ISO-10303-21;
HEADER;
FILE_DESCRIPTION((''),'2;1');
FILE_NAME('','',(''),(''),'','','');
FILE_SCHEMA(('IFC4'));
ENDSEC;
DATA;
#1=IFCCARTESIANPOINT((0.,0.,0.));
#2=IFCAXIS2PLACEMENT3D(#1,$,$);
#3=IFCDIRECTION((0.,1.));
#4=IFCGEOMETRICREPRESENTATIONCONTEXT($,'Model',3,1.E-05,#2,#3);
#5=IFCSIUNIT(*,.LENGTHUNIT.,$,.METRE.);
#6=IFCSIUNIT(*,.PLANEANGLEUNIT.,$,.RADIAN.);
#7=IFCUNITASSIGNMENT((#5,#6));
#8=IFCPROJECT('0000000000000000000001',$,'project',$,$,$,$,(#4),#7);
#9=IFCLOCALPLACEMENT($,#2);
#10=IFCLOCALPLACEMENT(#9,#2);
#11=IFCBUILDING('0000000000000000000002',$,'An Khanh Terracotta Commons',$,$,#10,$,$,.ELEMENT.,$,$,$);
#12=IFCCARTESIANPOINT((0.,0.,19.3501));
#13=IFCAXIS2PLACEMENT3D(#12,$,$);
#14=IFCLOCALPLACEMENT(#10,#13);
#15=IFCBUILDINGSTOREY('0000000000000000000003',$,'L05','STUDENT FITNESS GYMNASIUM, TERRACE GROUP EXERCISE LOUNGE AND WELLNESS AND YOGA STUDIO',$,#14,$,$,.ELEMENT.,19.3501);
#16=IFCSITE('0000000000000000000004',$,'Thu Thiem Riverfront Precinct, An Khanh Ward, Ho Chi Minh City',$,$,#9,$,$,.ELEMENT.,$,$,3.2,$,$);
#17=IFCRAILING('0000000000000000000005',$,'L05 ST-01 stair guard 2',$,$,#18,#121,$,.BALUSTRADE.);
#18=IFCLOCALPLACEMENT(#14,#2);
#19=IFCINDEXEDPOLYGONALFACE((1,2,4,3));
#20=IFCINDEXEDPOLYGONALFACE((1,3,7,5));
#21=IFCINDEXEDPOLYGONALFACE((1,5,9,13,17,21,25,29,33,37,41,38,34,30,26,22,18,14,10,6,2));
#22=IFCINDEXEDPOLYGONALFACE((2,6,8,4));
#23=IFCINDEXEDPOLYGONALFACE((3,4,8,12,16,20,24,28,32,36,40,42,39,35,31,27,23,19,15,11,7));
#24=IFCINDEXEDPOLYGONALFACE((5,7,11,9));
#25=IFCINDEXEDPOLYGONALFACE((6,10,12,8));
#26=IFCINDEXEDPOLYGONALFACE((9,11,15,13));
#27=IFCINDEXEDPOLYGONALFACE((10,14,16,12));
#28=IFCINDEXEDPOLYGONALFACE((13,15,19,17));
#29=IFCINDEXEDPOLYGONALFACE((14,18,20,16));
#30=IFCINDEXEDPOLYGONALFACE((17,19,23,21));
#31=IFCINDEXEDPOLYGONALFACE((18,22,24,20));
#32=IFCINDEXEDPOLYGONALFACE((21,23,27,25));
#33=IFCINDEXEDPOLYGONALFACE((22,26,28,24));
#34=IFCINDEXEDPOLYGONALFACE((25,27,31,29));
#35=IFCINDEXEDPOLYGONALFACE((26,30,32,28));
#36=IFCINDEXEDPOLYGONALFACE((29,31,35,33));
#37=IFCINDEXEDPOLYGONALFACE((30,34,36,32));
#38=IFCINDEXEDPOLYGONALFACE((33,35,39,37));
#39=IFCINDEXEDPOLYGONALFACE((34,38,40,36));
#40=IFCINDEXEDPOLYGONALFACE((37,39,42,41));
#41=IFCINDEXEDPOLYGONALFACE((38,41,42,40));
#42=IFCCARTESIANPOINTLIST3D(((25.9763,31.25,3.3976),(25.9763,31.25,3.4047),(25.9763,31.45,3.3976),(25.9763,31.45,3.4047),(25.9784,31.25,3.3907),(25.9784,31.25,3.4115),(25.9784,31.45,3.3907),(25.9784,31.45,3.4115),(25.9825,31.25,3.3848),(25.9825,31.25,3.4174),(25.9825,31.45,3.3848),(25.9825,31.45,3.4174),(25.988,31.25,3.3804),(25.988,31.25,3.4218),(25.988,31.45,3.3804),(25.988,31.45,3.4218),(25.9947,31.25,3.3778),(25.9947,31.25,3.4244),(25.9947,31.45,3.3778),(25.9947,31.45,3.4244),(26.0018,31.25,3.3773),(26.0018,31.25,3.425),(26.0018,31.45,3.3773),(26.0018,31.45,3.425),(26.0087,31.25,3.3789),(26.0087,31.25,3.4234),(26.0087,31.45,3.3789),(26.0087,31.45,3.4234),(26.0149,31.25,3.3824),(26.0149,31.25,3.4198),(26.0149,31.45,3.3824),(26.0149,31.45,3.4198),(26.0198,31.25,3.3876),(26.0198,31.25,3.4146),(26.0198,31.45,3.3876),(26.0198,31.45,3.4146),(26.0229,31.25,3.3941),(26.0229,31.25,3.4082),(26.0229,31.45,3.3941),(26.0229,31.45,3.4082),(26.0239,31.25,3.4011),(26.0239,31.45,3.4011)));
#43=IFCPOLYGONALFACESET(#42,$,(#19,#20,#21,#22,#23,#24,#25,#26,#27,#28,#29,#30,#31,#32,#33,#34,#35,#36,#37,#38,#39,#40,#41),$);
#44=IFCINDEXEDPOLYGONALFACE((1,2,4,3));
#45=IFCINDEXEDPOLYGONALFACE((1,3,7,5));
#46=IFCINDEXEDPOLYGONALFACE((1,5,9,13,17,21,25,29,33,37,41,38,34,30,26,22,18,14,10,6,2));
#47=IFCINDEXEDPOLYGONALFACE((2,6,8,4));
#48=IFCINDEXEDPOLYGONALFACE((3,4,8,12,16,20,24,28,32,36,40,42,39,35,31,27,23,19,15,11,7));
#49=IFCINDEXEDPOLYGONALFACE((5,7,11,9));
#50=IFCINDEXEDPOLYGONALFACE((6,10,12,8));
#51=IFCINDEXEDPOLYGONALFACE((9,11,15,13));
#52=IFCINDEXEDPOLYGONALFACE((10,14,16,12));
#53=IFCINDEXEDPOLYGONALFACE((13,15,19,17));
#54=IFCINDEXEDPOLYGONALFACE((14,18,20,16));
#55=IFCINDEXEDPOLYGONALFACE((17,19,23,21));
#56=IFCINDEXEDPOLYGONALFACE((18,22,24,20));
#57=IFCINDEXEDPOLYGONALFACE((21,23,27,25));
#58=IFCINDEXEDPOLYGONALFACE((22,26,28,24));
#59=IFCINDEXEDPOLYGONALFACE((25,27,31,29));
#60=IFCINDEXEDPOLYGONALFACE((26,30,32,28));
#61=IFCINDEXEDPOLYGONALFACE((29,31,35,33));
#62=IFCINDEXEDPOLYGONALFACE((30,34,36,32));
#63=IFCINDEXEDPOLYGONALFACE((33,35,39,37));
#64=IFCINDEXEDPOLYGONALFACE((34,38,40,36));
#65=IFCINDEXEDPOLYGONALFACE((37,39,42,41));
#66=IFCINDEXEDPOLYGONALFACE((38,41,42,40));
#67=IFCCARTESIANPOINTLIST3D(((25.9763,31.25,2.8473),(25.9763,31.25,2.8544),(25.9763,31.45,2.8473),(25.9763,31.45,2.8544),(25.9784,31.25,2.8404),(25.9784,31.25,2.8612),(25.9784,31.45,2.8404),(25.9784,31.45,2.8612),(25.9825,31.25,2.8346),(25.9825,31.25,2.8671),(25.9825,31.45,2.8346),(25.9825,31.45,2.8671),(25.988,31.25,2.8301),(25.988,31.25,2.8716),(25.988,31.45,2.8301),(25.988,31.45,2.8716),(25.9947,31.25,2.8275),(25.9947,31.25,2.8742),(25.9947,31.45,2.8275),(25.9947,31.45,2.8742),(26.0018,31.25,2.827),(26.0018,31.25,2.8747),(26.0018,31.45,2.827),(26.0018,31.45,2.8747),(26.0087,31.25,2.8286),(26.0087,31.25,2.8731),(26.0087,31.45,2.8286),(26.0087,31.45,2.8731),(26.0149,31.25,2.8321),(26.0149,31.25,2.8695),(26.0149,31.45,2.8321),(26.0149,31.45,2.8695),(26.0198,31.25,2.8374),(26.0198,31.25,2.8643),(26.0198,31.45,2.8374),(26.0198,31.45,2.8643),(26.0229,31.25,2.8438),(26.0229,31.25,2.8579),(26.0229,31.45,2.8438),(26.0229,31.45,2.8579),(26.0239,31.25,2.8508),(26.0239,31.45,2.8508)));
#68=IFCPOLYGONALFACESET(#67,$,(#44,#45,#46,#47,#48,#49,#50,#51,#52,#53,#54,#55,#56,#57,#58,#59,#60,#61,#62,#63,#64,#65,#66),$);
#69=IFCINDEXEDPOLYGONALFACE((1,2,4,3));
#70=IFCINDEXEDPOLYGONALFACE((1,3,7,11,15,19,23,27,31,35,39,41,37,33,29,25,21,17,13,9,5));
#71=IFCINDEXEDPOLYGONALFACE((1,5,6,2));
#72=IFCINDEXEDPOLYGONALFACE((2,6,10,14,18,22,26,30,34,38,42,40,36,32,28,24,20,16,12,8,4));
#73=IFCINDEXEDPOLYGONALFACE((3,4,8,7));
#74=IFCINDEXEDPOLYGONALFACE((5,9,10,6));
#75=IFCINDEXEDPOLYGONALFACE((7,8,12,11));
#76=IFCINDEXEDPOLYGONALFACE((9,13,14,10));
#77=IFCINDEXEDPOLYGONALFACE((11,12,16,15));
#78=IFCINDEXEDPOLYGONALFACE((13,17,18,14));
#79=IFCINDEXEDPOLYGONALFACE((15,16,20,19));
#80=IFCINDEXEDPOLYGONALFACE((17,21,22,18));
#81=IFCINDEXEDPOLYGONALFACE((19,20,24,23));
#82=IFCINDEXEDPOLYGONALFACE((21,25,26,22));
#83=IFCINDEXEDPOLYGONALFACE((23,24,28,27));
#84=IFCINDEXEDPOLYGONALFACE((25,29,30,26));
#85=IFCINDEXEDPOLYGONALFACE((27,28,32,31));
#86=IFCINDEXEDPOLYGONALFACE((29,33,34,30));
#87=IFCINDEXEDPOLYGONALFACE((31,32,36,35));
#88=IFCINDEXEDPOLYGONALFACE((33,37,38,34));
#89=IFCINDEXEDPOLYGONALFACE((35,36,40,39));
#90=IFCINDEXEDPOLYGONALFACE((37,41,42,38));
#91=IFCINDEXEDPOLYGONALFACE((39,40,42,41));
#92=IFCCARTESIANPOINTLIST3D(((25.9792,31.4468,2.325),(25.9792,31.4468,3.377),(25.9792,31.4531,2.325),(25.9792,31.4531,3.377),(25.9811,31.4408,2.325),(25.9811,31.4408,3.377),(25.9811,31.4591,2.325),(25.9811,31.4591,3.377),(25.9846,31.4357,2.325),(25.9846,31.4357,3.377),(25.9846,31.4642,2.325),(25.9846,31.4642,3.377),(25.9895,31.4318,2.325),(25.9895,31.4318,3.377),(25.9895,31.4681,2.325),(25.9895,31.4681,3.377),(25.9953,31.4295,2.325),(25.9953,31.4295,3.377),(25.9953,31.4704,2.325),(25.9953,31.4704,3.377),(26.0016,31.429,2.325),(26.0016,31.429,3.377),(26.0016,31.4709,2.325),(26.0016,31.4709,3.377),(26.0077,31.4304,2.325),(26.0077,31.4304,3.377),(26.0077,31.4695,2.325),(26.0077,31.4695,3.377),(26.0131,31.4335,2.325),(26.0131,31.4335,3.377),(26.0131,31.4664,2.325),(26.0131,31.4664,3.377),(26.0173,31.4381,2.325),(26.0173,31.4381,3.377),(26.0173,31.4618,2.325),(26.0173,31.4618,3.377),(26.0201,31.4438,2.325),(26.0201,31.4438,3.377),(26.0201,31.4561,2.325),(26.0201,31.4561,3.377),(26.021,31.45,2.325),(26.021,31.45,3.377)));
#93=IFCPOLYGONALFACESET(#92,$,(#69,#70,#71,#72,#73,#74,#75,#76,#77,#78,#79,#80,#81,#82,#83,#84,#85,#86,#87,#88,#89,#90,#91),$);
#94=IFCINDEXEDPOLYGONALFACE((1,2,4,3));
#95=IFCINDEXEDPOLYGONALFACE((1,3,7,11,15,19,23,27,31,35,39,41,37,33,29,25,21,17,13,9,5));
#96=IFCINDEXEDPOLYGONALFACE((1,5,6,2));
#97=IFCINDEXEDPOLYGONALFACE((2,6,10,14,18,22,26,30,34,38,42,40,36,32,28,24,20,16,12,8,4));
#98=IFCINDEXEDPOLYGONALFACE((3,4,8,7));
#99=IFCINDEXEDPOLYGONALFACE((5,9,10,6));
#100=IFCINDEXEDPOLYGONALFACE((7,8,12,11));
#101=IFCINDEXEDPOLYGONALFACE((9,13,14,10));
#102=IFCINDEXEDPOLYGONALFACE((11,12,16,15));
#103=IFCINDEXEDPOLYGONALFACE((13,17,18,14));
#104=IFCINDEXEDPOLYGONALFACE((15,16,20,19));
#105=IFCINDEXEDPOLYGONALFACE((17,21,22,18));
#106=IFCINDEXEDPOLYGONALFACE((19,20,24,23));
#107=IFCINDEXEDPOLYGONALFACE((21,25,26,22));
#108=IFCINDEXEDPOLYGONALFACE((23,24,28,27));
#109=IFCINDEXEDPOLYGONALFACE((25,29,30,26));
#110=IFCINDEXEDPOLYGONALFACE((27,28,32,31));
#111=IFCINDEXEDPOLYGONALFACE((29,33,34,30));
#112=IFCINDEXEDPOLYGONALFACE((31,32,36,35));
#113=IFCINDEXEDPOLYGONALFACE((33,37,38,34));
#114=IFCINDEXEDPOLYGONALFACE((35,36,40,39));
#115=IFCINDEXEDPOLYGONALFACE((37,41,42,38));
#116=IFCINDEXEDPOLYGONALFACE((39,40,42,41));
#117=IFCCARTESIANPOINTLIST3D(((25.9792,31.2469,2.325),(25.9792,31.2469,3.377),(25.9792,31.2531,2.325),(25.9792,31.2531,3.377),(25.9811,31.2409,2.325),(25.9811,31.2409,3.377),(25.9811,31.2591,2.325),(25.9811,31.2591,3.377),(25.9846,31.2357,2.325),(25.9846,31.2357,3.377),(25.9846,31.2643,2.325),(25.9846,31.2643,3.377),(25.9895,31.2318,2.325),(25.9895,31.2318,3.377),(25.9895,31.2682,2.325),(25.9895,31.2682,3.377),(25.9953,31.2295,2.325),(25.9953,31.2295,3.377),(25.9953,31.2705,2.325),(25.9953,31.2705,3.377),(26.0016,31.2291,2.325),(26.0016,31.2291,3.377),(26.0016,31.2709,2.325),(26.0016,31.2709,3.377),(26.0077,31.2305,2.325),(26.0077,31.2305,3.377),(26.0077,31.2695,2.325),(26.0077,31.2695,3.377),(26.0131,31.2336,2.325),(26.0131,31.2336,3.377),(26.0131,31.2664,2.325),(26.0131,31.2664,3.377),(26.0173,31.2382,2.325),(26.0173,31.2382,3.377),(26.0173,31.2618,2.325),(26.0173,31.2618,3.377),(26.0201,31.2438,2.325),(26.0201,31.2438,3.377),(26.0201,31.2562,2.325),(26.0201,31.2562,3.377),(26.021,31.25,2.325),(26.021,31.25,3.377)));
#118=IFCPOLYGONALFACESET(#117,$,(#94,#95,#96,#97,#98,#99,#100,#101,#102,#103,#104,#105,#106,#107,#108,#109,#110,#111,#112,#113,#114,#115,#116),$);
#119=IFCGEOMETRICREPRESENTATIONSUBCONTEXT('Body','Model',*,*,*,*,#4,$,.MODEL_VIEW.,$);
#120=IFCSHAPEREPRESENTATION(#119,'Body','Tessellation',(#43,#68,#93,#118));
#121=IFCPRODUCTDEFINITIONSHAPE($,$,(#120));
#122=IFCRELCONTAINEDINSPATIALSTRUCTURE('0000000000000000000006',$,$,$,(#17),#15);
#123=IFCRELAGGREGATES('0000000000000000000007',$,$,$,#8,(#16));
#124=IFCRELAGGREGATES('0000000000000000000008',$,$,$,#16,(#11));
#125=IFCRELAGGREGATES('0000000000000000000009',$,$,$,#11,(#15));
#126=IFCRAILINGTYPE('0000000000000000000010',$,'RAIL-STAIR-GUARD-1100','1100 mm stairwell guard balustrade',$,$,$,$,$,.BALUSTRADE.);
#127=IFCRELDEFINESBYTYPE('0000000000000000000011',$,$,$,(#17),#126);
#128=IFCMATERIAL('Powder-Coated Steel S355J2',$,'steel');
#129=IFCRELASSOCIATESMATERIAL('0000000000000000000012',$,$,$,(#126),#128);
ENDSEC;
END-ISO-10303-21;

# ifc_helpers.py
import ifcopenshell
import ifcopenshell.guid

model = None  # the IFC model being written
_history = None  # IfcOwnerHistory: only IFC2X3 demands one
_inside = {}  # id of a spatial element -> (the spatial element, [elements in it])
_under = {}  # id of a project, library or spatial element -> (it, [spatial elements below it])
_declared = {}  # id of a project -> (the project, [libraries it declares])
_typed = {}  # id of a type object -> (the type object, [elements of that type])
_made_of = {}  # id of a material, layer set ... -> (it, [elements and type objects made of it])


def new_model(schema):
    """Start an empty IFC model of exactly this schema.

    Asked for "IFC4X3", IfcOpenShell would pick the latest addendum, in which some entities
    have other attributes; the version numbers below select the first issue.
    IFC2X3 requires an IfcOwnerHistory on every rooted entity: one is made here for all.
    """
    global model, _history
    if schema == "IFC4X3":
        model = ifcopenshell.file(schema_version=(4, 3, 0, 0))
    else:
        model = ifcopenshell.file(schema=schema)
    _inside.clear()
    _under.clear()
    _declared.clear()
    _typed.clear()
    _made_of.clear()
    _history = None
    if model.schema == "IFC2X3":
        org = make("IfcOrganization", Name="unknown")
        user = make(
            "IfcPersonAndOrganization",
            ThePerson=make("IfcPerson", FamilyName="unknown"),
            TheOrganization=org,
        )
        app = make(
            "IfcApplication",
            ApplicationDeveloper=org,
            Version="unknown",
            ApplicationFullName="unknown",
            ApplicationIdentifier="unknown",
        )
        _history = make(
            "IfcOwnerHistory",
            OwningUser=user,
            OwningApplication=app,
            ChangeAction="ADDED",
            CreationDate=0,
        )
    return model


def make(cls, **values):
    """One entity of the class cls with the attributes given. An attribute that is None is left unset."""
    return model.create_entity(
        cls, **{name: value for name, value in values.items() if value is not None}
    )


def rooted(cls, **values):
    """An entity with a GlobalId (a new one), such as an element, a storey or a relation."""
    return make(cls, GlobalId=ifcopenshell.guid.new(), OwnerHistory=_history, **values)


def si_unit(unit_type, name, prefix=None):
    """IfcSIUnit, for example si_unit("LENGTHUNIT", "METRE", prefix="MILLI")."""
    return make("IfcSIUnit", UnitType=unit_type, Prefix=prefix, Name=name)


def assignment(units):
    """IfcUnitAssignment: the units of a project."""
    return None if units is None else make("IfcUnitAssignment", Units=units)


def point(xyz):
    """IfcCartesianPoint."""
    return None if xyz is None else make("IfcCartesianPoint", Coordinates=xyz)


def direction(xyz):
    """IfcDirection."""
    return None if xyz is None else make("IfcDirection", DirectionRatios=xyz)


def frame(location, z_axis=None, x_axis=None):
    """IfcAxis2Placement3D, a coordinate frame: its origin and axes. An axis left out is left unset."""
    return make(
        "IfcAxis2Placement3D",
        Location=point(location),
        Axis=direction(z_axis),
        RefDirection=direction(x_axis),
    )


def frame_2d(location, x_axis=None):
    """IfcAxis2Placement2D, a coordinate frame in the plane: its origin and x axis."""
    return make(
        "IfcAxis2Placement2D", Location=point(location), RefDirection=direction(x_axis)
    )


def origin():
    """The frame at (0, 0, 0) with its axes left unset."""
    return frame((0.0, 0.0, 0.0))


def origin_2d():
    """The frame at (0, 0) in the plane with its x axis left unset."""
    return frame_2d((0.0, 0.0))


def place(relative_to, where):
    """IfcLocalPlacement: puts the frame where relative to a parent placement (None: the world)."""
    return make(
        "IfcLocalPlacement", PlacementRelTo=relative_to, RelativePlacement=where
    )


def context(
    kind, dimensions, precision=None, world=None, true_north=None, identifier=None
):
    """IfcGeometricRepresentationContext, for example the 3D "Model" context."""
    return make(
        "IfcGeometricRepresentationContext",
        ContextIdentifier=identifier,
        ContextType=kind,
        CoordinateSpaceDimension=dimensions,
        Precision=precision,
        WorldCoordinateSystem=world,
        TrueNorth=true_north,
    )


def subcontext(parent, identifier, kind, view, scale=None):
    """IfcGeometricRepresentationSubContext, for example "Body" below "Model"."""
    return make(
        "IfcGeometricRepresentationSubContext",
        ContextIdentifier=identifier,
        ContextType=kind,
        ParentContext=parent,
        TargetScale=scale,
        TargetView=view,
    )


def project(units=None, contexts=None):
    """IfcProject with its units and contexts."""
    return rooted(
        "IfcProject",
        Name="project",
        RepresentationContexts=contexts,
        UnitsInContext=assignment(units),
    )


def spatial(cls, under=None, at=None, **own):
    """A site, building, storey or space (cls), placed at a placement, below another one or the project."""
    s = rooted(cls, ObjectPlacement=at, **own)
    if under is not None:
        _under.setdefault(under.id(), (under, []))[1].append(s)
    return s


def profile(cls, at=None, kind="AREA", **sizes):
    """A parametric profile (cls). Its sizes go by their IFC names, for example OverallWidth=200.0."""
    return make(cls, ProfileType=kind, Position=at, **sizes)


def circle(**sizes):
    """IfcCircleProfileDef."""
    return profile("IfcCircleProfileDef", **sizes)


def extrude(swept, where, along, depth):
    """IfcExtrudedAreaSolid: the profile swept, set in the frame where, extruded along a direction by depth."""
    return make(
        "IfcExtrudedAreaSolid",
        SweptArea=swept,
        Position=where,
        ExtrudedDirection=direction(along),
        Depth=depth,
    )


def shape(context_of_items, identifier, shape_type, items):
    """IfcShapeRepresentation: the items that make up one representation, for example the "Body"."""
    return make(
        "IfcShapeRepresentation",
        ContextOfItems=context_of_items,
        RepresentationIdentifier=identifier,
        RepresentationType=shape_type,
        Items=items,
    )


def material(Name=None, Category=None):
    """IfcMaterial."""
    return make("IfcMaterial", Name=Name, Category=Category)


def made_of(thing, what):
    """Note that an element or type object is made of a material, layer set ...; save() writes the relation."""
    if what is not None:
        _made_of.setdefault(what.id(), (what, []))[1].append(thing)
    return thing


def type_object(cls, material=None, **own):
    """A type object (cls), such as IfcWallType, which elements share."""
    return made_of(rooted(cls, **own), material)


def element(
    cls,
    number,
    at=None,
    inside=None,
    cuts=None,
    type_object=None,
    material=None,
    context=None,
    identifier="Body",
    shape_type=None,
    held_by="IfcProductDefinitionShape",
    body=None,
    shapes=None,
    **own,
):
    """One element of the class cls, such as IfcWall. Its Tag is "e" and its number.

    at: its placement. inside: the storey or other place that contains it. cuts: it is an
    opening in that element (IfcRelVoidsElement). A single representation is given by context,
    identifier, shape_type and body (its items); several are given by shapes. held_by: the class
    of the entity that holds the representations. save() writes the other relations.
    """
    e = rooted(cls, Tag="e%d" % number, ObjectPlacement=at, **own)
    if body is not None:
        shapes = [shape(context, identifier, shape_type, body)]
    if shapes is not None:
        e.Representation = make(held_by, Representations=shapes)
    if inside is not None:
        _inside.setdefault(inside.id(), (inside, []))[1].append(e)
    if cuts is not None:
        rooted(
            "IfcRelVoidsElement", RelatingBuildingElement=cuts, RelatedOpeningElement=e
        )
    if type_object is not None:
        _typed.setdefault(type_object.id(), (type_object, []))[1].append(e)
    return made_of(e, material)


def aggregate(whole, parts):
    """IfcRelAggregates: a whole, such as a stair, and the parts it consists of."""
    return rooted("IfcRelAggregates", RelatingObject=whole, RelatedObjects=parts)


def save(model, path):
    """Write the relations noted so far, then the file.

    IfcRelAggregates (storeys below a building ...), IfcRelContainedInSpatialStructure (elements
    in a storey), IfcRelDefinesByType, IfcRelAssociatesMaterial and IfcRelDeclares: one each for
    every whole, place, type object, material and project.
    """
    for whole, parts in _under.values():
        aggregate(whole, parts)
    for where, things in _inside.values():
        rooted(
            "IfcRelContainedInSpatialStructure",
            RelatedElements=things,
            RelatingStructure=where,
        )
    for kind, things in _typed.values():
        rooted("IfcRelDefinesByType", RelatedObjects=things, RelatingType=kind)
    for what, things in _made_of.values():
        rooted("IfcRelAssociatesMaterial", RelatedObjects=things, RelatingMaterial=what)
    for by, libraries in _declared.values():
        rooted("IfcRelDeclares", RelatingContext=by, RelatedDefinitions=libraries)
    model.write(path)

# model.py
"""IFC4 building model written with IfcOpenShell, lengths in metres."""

from ifc_helpers import new_model, si_unit, direction, frame, origin, origin_2d, place, context, subcontext, project, spatial, circle, extrude, material, type_object, element, save


model = new_model("IFC4")

# Units and contexts
model_context = context("Model", 3, precision=1e-05, world=origin(), true_north=direction((0.0, 1.0)))
body_context = subcontext(model_context, "Body", "Model", "MODEL_VIEW")
ifc_project = project(units=[si_unit("LENGTHUNIT", "METRE"), si_unit("PLANEANGLEUNIT", "RADIAN")], contexts=[model_context])

# Site, building, storey
site_placement = place(None, origin())
site = spatial("IfcSite", under=ifc_project, at=site_placement, Name="Thu Thiem Riverfront Precinct, An Khanh Ward, Ho Chi Minh City", CompositionType="ELEMENT", RefElevation=3.2)
building_placement = place(site_placement, origin())
building = spatial("IfcBuilding", under=site, at=building_placement, Name="An Khanh Terracotta Commons", CompositionType="ELEMENT")
storey_placement = place(building_placement, frame((0.0, 0.0, 19.3501)))
storey = spatial("IfcBuildingStorey", under=building, at=storey_placement, Name="L05", Description="STUDENT FITNESS GYMNASIUM, TERRACE GROUP EXERCISE LOUNGE AND WELLNESS AND YOGA STUDIO", CompositionType="ELEMENT", Elevation=19.3501)

# Railing
ifc_material_1 = material(Name="Powder-Coated Steel S355J2", Category="steel")
railing_type_1 = type_object("IfcRailingType", Name="RAIL-STAIR-GUARD-1100", Description="1100 mm stairwell guard balustrade", PredefinedType="BALUSTRADE", material=ifc_material_1)
railing_1_placement = place(storey_placement, frame((26.0, 31.45, 2.325)))
element("IfcRailing", 1, at=railing_1_placement, inside=storey, type_object=railing_type_1, Name="L05 ST-01 stair guard 2", PredefinedType="BALUSTRADE", context=body_context, shape_type="SweptSolid", body=[
    extrude(circle(Radius=0.0239, at=origin_2d()), frame((0.0, 0.0, 1.0762), z_axis=(0.0, -1.0, 0.0), x_axis=(1.0, 0.0, 0.0)), (0.0, 0.0, 1.0), 0.2),
    extrude(circle(Radius=0.0239, at=origin_2d()), frame((0.0, 0.0, 0.5259), z_axis=(0.0, -1.0, 0.0), x_axis=(1.0, 0.0, 0.0)), (0.0, 0.0, 1.0), 0.2),
    extrude(circle(Radius=0.021, at=origin_2d()), origin(), (0.0, 0.0, 1.0), 1.052),
    extrude(circle(Radius=0.021, at=origin_2d()), frame((0.0, -0.2, 0.0)), (0.0, 0.0, 1.0), 1.052),
])

save(model, "model.ifc")
